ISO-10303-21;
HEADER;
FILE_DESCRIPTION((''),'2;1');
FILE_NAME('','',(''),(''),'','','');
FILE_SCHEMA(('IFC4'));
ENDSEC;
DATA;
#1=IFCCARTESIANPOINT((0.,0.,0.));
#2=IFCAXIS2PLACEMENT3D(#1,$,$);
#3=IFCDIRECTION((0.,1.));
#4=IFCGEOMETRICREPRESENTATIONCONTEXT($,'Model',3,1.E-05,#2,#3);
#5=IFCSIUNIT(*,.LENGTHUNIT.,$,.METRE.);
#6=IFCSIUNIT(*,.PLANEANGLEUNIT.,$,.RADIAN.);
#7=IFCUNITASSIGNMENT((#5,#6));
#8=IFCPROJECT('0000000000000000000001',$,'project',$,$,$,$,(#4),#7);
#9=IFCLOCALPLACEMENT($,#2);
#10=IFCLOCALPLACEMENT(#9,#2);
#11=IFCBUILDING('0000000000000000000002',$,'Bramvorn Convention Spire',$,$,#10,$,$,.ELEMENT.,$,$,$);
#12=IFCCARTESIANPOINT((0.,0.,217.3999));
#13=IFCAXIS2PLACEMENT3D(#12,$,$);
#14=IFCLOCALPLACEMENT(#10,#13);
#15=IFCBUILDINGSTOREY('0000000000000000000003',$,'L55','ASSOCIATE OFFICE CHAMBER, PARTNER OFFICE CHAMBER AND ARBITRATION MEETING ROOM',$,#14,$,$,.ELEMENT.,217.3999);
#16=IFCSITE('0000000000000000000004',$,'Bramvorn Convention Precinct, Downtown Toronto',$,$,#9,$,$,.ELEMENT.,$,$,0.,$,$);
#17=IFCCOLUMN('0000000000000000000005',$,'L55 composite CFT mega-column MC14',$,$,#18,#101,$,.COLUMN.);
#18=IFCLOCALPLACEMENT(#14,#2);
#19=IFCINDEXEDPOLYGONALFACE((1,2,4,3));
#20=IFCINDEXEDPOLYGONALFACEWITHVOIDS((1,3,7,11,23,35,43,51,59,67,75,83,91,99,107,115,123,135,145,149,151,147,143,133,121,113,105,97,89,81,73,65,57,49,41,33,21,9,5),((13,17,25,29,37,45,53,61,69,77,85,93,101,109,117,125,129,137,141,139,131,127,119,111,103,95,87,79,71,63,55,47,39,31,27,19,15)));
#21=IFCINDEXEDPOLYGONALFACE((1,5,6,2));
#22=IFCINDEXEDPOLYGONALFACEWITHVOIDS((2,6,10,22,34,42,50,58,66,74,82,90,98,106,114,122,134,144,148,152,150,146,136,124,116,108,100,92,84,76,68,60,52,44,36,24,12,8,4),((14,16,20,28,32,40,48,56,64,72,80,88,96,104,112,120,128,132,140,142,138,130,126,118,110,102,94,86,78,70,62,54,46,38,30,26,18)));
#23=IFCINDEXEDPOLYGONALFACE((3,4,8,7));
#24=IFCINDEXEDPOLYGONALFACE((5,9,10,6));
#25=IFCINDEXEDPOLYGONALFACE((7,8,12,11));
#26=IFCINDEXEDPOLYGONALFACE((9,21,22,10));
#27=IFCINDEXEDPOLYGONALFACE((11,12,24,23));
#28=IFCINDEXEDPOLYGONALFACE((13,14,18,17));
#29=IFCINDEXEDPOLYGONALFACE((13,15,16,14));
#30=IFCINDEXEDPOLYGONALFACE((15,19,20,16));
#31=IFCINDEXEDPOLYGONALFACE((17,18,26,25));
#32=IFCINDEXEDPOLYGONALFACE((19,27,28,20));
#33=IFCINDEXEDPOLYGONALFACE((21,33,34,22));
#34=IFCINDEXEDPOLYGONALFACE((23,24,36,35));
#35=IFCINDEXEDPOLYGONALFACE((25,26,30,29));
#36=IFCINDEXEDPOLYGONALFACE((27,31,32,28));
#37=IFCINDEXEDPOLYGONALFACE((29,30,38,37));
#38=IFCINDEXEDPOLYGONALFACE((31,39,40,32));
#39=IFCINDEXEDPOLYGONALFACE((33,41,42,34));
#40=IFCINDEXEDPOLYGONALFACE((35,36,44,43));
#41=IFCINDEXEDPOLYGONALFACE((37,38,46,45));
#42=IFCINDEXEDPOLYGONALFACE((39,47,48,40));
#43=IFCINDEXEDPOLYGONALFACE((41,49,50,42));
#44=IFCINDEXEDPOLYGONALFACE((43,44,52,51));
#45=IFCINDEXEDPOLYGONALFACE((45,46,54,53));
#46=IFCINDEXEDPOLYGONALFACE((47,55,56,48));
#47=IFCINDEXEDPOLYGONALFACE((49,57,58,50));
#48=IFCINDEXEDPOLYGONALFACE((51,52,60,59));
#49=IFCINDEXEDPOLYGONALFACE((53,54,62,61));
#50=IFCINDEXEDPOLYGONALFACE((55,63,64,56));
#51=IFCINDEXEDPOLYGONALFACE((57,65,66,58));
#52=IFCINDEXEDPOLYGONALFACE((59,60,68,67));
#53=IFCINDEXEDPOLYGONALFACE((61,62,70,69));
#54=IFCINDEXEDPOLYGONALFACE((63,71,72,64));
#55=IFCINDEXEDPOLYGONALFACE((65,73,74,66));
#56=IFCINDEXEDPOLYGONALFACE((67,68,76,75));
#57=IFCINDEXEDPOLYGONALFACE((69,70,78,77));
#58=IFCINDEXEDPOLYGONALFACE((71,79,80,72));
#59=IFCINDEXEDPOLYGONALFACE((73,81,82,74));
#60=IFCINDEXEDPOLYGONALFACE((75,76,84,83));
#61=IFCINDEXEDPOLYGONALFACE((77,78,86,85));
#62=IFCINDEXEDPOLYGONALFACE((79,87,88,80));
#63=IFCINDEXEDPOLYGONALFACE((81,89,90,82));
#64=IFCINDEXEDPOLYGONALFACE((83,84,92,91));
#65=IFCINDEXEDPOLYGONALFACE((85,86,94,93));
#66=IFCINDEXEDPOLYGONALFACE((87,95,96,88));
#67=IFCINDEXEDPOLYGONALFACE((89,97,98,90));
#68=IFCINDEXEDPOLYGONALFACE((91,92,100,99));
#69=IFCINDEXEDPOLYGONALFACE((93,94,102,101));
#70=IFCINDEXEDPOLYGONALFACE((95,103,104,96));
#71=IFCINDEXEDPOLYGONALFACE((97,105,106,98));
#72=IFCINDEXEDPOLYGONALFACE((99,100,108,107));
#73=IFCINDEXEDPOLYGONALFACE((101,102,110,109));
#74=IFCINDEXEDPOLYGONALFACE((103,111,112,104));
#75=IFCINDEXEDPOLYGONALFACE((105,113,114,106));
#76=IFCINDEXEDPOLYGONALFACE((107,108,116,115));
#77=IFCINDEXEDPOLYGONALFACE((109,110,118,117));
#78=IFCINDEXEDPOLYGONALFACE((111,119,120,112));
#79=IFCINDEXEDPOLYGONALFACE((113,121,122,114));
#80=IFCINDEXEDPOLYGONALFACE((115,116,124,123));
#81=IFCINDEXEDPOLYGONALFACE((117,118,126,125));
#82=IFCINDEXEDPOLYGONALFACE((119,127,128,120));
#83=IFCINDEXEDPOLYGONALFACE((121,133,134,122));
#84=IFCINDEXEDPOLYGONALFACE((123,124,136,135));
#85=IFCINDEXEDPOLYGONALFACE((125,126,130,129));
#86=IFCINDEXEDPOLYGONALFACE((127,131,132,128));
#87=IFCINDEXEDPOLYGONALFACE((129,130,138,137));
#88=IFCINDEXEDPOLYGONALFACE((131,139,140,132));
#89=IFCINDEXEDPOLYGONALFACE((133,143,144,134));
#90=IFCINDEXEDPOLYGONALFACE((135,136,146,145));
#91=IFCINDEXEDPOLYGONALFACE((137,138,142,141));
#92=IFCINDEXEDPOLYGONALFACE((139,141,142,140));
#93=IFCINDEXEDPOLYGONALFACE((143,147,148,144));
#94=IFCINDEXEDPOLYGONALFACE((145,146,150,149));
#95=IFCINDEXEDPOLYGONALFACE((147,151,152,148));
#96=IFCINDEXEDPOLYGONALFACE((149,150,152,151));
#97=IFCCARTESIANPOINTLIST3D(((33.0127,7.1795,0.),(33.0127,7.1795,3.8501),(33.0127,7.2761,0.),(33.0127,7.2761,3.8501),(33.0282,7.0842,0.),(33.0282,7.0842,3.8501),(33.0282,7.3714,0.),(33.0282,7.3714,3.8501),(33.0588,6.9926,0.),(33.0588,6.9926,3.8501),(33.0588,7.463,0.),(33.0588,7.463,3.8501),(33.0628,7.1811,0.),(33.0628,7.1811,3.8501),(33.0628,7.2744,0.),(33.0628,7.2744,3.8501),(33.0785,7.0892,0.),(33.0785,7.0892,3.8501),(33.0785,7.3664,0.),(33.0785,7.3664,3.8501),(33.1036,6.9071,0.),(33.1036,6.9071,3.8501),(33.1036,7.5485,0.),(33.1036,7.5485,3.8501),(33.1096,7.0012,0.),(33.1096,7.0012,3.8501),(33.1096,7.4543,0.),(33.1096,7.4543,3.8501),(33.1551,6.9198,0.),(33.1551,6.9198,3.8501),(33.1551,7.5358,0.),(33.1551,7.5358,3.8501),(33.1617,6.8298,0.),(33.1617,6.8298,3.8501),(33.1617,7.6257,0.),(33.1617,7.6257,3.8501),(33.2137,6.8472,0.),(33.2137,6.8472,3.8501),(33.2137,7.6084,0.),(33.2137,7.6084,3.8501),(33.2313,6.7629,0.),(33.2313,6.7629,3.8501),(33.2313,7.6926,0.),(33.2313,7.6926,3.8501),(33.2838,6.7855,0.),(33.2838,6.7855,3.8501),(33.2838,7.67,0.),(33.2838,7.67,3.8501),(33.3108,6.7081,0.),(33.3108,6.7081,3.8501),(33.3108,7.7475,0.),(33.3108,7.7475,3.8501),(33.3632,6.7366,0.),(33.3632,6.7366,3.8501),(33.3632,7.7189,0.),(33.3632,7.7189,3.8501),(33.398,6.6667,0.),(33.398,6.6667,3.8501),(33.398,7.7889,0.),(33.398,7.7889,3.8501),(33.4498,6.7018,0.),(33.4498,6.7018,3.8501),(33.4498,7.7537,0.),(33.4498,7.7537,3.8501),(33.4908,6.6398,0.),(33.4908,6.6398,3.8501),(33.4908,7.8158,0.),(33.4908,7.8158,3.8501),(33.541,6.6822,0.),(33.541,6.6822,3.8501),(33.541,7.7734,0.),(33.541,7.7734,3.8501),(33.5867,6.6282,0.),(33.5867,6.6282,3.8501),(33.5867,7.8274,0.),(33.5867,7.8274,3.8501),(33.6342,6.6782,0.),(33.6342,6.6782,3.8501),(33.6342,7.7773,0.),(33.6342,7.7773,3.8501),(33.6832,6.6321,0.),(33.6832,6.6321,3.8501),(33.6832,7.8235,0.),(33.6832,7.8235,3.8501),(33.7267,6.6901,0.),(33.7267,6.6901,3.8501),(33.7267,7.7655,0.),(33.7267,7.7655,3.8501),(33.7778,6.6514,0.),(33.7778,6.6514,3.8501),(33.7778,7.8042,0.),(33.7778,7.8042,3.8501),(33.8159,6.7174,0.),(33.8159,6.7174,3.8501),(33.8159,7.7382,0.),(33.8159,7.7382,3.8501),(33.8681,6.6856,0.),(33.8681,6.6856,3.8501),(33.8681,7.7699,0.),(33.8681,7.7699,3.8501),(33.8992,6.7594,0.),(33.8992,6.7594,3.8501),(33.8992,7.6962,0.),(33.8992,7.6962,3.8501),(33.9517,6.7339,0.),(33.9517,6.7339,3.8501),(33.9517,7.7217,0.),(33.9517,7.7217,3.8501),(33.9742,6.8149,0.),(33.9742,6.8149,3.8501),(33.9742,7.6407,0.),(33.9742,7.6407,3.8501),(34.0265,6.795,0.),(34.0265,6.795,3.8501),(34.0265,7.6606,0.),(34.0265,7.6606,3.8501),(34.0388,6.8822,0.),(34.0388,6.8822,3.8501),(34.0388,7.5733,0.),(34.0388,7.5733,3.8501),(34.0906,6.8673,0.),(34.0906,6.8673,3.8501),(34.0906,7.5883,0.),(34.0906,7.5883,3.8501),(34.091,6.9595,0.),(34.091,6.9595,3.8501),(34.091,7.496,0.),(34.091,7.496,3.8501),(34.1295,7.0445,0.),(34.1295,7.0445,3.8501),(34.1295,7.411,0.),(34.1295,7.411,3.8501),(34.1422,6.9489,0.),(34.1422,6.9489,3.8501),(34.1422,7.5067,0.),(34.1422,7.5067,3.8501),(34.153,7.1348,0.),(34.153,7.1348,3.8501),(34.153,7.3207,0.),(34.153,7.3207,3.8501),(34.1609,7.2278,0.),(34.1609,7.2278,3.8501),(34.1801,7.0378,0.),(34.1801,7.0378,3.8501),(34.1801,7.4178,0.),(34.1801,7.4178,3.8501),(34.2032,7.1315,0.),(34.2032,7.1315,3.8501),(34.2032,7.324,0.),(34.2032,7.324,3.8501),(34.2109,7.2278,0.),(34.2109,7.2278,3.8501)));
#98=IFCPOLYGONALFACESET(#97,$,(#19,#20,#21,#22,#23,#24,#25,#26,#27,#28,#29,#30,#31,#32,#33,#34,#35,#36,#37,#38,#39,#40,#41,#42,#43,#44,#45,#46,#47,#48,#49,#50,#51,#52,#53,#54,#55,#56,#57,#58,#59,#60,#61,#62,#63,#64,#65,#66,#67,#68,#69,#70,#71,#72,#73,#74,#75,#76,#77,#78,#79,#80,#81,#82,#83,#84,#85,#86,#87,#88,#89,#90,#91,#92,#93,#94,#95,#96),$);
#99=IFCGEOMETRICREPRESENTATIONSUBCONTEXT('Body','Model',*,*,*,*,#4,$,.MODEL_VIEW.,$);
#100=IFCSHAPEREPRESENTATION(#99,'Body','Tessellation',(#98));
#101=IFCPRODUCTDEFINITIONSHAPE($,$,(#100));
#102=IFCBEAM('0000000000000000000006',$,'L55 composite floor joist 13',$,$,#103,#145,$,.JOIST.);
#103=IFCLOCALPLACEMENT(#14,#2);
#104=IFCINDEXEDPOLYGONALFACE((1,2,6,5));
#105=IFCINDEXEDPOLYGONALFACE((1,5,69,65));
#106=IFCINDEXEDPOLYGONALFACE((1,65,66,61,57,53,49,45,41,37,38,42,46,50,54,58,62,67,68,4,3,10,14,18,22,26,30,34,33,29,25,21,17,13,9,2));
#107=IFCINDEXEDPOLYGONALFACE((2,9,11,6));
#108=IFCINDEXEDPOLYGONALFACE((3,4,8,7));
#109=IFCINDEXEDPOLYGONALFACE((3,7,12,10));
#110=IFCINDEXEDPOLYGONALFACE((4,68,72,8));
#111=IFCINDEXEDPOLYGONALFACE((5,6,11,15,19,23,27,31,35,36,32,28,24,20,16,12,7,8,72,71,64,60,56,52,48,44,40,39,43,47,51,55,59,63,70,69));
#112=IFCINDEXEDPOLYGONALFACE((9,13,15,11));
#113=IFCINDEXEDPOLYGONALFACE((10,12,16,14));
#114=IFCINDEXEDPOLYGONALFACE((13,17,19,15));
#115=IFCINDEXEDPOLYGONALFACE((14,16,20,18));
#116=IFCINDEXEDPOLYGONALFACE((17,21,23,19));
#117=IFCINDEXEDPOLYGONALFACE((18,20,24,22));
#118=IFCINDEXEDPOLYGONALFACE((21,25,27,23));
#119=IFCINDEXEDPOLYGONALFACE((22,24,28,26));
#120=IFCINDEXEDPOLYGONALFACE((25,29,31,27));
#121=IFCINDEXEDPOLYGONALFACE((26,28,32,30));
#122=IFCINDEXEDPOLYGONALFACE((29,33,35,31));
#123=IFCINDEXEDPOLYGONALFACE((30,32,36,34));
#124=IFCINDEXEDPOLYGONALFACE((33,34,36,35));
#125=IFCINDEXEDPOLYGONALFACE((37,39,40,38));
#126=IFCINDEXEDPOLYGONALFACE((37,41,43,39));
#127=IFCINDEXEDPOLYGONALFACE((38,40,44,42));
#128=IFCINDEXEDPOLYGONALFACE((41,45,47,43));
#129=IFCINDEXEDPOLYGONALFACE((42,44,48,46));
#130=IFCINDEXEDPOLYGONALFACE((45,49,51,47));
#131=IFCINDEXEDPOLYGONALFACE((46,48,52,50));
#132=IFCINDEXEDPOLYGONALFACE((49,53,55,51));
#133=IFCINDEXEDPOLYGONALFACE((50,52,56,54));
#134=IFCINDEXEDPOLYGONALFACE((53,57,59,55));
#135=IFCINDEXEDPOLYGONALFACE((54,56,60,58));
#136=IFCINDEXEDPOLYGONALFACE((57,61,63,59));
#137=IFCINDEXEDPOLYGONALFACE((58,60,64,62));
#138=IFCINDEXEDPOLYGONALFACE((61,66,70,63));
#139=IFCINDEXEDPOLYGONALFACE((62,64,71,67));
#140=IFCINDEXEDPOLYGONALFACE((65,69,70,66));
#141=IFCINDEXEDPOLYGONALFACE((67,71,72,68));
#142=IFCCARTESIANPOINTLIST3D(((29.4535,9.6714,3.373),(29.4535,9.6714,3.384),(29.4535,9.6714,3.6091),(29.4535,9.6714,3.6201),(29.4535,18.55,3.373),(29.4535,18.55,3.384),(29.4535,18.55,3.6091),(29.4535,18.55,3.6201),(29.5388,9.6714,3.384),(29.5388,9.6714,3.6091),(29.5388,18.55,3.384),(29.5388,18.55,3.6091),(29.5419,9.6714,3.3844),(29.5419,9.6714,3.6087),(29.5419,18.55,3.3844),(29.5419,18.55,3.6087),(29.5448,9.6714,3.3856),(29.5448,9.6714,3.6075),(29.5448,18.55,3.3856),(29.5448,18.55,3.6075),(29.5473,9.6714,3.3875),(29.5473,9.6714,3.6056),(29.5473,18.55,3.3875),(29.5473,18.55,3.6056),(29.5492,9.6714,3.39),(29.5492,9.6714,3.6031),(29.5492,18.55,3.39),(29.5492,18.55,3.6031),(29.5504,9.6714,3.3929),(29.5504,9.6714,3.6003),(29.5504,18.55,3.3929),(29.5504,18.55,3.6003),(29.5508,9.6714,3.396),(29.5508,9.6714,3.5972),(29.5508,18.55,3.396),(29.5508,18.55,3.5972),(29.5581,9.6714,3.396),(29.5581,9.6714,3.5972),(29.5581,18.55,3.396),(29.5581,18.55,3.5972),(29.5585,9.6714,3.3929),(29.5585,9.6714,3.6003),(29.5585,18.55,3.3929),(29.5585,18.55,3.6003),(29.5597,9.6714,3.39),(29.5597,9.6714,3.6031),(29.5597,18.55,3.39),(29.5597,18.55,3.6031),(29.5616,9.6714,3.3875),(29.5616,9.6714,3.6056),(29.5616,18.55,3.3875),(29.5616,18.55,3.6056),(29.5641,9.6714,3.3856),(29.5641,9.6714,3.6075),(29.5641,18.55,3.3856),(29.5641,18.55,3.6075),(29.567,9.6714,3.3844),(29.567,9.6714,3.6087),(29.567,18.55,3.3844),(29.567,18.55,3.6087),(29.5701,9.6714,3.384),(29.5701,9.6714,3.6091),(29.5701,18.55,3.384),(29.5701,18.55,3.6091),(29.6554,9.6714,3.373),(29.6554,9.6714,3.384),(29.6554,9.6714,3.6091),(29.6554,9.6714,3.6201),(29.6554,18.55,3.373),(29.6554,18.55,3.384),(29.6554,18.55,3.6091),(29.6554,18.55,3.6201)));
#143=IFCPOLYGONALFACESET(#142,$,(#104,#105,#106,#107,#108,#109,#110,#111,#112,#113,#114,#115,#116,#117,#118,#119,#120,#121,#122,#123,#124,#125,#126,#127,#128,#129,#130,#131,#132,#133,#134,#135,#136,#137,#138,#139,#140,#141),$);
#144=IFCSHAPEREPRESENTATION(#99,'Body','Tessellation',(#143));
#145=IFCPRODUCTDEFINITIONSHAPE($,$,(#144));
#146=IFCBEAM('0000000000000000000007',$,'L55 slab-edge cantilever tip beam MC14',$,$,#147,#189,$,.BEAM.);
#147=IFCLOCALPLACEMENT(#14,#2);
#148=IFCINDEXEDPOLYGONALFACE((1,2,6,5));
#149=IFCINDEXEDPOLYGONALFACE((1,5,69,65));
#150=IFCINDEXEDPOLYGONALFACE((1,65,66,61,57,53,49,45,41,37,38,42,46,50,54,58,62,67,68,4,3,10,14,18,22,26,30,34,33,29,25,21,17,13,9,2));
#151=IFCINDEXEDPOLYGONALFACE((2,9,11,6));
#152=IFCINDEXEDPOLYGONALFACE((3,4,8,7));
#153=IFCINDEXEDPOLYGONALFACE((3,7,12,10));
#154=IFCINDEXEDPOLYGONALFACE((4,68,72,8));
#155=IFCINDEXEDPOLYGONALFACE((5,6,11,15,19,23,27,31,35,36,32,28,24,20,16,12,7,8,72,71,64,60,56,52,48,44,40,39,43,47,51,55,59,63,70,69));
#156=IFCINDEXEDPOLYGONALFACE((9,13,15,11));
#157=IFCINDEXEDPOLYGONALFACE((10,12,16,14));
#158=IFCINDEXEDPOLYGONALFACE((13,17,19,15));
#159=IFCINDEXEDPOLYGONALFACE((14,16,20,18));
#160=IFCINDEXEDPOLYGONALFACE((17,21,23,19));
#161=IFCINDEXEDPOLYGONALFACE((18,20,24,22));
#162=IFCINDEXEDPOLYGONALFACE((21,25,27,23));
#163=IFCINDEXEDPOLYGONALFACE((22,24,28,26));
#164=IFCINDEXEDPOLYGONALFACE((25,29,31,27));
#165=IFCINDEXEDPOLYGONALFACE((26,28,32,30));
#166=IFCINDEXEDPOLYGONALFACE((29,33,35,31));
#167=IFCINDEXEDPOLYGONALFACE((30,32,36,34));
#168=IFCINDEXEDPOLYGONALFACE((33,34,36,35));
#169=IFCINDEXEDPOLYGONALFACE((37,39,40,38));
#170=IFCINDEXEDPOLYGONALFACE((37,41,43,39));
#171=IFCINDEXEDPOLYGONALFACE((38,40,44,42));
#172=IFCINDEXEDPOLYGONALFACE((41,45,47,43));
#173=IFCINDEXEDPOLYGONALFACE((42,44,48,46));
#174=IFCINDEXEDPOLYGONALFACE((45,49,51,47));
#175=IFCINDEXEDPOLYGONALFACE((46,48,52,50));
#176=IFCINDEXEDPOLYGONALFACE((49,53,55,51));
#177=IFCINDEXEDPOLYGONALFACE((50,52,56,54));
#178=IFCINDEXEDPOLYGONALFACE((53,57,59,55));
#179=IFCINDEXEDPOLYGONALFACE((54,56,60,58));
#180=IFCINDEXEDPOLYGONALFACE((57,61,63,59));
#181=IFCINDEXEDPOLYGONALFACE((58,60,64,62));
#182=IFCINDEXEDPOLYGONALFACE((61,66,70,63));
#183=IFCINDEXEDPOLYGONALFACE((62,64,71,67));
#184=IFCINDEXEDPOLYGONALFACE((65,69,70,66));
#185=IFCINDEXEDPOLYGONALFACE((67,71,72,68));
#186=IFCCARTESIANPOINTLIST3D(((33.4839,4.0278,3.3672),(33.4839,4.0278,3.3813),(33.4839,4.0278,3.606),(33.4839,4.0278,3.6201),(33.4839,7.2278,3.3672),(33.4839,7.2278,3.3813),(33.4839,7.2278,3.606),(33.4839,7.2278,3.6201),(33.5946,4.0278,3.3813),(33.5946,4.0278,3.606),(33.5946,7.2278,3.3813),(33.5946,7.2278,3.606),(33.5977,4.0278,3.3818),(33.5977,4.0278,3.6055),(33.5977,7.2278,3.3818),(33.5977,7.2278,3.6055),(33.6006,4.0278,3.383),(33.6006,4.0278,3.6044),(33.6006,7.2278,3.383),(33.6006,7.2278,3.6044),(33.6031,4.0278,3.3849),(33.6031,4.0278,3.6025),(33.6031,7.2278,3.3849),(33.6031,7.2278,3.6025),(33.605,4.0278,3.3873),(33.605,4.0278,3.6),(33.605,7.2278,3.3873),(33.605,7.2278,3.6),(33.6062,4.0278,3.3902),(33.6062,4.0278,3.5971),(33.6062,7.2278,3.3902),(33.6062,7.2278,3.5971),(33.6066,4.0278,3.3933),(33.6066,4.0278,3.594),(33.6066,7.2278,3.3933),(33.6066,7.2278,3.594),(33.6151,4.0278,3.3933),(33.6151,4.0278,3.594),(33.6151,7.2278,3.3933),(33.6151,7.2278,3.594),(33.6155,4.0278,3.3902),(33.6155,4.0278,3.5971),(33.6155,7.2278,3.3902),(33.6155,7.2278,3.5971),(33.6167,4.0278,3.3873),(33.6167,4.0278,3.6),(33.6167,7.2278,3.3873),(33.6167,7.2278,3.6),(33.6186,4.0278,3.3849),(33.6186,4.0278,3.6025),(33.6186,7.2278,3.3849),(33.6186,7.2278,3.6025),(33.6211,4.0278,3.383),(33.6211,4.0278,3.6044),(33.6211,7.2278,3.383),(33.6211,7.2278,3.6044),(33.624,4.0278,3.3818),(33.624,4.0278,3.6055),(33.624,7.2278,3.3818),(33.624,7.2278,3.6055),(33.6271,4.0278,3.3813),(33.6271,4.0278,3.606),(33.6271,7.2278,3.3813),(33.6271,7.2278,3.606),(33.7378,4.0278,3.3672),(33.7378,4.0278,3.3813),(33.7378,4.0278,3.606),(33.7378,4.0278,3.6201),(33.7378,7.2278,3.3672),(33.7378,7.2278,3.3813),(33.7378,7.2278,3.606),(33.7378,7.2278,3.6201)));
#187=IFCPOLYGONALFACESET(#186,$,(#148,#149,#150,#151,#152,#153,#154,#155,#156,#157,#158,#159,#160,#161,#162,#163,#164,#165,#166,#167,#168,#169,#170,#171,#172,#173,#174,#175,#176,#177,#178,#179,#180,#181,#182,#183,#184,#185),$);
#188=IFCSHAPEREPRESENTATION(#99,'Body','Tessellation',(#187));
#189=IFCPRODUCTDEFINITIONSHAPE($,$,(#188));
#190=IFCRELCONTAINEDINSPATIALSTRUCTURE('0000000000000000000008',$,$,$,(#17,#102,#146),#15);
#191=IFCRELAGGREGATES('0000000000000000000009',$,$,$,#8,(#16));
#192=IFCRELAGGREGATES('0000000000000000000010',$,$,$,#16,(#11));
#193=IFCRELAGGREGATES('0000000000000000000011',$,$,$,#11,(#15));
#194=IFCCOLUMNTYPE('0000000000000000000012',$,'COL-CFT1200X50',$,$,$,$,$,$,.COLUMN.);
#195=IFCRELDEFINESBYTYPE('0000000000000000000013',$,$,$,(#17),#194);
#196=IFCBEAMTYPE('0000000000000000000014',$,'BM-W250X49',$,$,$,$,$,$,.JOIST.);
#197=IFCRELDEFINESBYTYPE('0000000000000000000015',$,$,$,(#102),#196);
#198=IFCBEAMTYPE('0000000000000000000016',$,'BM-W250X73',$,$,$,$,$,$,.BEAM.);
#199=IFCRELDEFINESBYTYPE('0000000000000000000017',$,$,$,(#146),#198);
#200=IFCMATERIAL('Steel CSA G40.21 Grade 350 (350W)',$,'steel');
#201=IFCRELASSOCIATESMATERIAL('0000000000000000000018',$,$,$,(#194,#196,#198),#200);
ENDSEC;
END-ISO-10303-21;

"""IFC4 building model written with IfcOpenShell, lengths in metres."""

from ifc_helpers import new_model, si_unit, direction, frame, origin, origin_2d, place, context, subcontext, project, spatial, hollow_circle, i_section, extrude, material, material_profile, profile_set, type_object, element, save


model = new_model("IFC4")

# Units and contexts
model_context = context("Model", 3, precision=1e-05, world=origin(), true_north=direction((0.0, 1.0)))
body_context = subcontext(model_context, "Body", "Model", "MODEL_VIEW")
ifc_project = project(units=[si_unit("LENGTHUNIT", "METRE"), si_unit("PLANEANGLEUNIT", "RADIAN")], contexts=[model_context])

# Site, building, storey
site_placement = place(None, origin())
site = spatial("IfcSite", under=ifc_project, at=site_placement, Name="Bramvorn Convention Precinct, Downtown Toronto", CompositionType="ELEMENT", RefElevation=0.0)
building_placement = place(site_placement, origin())
building = spatial("IfcBuilding", under=site, at=building_placement, Name="Bramvorn Convention Spire", CompositionType="ELEMENT")
storey_placement = place(building_placement, frame((0.0, 0.0, 217.3999)))
storey = spatial("IfcBuildingStorey", under=building, at=storey_placement, Name="L55", Description="ASSOCIATE OFFICE CHAMBER, PARTNER OFFICE CHAMBER AND ARBITRATION MEETING ROOM", CompositionType="ELEMENT", Elevation=217.3999)

# Column
ifc_material_1 = material(Name="Steel CSA G40.21 Grade 350 (350W)", Category="steel")
ifc_material_profile_1 = material_profile(ifc_material_1, hollow_circle(Radius=0.6001, WallThickness=0.05, at=origin_2d()))
ifc_profile_set_1 = profile_set([ifc_material_profile_1], Name="Steel CSA G40.21 Grade 350 (350W) - CFT1200X50")
column_type = type_object("IfcColumnType", Name="COL-CFT1200X50", PredefinedType="COLUMN", material=ifc_profile_set_1)
column_placement = place(storey_placement, frame((33.6108, 7.2278, 0.0), z_axis=(0.0, 0.0, 1.0), x_axis=(1.0, 0.0, 0.0)))
element("IfcColumn", 1, at=column_placement, inside=storey, type_object=column_type, Name="L55 composite CFT mega-column MC14", PredefinedType="COLUMN", context=body_context, shape_type="SweptSolid", body=[
    extrude(hollow_circle(Radius=0.6001, WallThickness=0.05, at=origin_2d()), origin(), (0.0, 0.0, 1.0), 3.8501),
])

# Beams
ifc_material_profile_2 = material_profile(ifc_material_1, i_section(OverallWidth=0.2019, OverallDepth=0.2471, WebThickness=0.0073, FlangeThickness=0.011, FilletRadius=0.012, at=origin_2d()))
ifc_profile_set_2 = profile_set([ifc_material_profile_2], Name="Steel CSA G40.21 Grade 350 (350W) - W250X49")
beam_type_1 = type_object("IfcBeamType", Name="BM-W250X49", PredefinedType="JOIST", material=ifc_profile_set_2)
beam_1_placement = place(storey_placement, frame((29.5544, 18.55, 3.4966), z_axis=(0.0, -1.0, 0.0), x_axis=(1.0, 0.0, 0.0)))
element("IfcBeam", 2, at=beam_1_placement, inside=storey, type_object=beam_type_1, Name="L55 composite floor joist 13", PredefinedType="JOIST", context=body_context, shape_type="SweptSolid", body=[
    extrude(i_section(OverallWidth=0.2019, OverallDepth=0.2471, WebThickness=0.0073, FlangeThickness=0.011, FilletRadius=0.012, at=origin_2d()), origin(), (0.0, 0.0, 1.0), 8.8787),
])
ifc_material_profile_3 = material_profile(ifc_material_1, i_section(OverallWidth=0.2539, OverallDepth=0.2529, WebThickness=0.0085, FlangeThickness=0.0142, FilletRadius=0.012, at=origin_2d()))
ifc_profile_set_3 = profile_set([ifc_material_profile_3], Name="Steel CSA G40.21 Grade 350 (350W) - W250X73")
beam_type_2 = type_object("IfcBeamType", Name="BM-W250X73", PredefinedType="BEAM", material=ifc_profile_set_3)
beam_2_placement = place(storey_placement, frame((33.6108, 7.2278, 3.4937), z_axis=(0.0, -1.0, 0.0), x_axis=(1.0, 0.0, 0.0)))
element("IfcBeam", 3, at=beam_2_placement, inside=storey, type_object=beam_type_2, Name="L55 slab-edge cantilever tip beam MC14", PredefinedType="BEAM", context=body_context, shape_type="SweptSolid", body=[
    extrude(i_section(OverallWidth=0.2539, OverallDepth=0.2529, WebThickness=0.0085, FlangeThickness=0.0142, FilletRadius=0.012, at=origin_2d()), origin(), (0.0, 0.0, 1.0), 3.2),
])

save(model, "model.ifc")
